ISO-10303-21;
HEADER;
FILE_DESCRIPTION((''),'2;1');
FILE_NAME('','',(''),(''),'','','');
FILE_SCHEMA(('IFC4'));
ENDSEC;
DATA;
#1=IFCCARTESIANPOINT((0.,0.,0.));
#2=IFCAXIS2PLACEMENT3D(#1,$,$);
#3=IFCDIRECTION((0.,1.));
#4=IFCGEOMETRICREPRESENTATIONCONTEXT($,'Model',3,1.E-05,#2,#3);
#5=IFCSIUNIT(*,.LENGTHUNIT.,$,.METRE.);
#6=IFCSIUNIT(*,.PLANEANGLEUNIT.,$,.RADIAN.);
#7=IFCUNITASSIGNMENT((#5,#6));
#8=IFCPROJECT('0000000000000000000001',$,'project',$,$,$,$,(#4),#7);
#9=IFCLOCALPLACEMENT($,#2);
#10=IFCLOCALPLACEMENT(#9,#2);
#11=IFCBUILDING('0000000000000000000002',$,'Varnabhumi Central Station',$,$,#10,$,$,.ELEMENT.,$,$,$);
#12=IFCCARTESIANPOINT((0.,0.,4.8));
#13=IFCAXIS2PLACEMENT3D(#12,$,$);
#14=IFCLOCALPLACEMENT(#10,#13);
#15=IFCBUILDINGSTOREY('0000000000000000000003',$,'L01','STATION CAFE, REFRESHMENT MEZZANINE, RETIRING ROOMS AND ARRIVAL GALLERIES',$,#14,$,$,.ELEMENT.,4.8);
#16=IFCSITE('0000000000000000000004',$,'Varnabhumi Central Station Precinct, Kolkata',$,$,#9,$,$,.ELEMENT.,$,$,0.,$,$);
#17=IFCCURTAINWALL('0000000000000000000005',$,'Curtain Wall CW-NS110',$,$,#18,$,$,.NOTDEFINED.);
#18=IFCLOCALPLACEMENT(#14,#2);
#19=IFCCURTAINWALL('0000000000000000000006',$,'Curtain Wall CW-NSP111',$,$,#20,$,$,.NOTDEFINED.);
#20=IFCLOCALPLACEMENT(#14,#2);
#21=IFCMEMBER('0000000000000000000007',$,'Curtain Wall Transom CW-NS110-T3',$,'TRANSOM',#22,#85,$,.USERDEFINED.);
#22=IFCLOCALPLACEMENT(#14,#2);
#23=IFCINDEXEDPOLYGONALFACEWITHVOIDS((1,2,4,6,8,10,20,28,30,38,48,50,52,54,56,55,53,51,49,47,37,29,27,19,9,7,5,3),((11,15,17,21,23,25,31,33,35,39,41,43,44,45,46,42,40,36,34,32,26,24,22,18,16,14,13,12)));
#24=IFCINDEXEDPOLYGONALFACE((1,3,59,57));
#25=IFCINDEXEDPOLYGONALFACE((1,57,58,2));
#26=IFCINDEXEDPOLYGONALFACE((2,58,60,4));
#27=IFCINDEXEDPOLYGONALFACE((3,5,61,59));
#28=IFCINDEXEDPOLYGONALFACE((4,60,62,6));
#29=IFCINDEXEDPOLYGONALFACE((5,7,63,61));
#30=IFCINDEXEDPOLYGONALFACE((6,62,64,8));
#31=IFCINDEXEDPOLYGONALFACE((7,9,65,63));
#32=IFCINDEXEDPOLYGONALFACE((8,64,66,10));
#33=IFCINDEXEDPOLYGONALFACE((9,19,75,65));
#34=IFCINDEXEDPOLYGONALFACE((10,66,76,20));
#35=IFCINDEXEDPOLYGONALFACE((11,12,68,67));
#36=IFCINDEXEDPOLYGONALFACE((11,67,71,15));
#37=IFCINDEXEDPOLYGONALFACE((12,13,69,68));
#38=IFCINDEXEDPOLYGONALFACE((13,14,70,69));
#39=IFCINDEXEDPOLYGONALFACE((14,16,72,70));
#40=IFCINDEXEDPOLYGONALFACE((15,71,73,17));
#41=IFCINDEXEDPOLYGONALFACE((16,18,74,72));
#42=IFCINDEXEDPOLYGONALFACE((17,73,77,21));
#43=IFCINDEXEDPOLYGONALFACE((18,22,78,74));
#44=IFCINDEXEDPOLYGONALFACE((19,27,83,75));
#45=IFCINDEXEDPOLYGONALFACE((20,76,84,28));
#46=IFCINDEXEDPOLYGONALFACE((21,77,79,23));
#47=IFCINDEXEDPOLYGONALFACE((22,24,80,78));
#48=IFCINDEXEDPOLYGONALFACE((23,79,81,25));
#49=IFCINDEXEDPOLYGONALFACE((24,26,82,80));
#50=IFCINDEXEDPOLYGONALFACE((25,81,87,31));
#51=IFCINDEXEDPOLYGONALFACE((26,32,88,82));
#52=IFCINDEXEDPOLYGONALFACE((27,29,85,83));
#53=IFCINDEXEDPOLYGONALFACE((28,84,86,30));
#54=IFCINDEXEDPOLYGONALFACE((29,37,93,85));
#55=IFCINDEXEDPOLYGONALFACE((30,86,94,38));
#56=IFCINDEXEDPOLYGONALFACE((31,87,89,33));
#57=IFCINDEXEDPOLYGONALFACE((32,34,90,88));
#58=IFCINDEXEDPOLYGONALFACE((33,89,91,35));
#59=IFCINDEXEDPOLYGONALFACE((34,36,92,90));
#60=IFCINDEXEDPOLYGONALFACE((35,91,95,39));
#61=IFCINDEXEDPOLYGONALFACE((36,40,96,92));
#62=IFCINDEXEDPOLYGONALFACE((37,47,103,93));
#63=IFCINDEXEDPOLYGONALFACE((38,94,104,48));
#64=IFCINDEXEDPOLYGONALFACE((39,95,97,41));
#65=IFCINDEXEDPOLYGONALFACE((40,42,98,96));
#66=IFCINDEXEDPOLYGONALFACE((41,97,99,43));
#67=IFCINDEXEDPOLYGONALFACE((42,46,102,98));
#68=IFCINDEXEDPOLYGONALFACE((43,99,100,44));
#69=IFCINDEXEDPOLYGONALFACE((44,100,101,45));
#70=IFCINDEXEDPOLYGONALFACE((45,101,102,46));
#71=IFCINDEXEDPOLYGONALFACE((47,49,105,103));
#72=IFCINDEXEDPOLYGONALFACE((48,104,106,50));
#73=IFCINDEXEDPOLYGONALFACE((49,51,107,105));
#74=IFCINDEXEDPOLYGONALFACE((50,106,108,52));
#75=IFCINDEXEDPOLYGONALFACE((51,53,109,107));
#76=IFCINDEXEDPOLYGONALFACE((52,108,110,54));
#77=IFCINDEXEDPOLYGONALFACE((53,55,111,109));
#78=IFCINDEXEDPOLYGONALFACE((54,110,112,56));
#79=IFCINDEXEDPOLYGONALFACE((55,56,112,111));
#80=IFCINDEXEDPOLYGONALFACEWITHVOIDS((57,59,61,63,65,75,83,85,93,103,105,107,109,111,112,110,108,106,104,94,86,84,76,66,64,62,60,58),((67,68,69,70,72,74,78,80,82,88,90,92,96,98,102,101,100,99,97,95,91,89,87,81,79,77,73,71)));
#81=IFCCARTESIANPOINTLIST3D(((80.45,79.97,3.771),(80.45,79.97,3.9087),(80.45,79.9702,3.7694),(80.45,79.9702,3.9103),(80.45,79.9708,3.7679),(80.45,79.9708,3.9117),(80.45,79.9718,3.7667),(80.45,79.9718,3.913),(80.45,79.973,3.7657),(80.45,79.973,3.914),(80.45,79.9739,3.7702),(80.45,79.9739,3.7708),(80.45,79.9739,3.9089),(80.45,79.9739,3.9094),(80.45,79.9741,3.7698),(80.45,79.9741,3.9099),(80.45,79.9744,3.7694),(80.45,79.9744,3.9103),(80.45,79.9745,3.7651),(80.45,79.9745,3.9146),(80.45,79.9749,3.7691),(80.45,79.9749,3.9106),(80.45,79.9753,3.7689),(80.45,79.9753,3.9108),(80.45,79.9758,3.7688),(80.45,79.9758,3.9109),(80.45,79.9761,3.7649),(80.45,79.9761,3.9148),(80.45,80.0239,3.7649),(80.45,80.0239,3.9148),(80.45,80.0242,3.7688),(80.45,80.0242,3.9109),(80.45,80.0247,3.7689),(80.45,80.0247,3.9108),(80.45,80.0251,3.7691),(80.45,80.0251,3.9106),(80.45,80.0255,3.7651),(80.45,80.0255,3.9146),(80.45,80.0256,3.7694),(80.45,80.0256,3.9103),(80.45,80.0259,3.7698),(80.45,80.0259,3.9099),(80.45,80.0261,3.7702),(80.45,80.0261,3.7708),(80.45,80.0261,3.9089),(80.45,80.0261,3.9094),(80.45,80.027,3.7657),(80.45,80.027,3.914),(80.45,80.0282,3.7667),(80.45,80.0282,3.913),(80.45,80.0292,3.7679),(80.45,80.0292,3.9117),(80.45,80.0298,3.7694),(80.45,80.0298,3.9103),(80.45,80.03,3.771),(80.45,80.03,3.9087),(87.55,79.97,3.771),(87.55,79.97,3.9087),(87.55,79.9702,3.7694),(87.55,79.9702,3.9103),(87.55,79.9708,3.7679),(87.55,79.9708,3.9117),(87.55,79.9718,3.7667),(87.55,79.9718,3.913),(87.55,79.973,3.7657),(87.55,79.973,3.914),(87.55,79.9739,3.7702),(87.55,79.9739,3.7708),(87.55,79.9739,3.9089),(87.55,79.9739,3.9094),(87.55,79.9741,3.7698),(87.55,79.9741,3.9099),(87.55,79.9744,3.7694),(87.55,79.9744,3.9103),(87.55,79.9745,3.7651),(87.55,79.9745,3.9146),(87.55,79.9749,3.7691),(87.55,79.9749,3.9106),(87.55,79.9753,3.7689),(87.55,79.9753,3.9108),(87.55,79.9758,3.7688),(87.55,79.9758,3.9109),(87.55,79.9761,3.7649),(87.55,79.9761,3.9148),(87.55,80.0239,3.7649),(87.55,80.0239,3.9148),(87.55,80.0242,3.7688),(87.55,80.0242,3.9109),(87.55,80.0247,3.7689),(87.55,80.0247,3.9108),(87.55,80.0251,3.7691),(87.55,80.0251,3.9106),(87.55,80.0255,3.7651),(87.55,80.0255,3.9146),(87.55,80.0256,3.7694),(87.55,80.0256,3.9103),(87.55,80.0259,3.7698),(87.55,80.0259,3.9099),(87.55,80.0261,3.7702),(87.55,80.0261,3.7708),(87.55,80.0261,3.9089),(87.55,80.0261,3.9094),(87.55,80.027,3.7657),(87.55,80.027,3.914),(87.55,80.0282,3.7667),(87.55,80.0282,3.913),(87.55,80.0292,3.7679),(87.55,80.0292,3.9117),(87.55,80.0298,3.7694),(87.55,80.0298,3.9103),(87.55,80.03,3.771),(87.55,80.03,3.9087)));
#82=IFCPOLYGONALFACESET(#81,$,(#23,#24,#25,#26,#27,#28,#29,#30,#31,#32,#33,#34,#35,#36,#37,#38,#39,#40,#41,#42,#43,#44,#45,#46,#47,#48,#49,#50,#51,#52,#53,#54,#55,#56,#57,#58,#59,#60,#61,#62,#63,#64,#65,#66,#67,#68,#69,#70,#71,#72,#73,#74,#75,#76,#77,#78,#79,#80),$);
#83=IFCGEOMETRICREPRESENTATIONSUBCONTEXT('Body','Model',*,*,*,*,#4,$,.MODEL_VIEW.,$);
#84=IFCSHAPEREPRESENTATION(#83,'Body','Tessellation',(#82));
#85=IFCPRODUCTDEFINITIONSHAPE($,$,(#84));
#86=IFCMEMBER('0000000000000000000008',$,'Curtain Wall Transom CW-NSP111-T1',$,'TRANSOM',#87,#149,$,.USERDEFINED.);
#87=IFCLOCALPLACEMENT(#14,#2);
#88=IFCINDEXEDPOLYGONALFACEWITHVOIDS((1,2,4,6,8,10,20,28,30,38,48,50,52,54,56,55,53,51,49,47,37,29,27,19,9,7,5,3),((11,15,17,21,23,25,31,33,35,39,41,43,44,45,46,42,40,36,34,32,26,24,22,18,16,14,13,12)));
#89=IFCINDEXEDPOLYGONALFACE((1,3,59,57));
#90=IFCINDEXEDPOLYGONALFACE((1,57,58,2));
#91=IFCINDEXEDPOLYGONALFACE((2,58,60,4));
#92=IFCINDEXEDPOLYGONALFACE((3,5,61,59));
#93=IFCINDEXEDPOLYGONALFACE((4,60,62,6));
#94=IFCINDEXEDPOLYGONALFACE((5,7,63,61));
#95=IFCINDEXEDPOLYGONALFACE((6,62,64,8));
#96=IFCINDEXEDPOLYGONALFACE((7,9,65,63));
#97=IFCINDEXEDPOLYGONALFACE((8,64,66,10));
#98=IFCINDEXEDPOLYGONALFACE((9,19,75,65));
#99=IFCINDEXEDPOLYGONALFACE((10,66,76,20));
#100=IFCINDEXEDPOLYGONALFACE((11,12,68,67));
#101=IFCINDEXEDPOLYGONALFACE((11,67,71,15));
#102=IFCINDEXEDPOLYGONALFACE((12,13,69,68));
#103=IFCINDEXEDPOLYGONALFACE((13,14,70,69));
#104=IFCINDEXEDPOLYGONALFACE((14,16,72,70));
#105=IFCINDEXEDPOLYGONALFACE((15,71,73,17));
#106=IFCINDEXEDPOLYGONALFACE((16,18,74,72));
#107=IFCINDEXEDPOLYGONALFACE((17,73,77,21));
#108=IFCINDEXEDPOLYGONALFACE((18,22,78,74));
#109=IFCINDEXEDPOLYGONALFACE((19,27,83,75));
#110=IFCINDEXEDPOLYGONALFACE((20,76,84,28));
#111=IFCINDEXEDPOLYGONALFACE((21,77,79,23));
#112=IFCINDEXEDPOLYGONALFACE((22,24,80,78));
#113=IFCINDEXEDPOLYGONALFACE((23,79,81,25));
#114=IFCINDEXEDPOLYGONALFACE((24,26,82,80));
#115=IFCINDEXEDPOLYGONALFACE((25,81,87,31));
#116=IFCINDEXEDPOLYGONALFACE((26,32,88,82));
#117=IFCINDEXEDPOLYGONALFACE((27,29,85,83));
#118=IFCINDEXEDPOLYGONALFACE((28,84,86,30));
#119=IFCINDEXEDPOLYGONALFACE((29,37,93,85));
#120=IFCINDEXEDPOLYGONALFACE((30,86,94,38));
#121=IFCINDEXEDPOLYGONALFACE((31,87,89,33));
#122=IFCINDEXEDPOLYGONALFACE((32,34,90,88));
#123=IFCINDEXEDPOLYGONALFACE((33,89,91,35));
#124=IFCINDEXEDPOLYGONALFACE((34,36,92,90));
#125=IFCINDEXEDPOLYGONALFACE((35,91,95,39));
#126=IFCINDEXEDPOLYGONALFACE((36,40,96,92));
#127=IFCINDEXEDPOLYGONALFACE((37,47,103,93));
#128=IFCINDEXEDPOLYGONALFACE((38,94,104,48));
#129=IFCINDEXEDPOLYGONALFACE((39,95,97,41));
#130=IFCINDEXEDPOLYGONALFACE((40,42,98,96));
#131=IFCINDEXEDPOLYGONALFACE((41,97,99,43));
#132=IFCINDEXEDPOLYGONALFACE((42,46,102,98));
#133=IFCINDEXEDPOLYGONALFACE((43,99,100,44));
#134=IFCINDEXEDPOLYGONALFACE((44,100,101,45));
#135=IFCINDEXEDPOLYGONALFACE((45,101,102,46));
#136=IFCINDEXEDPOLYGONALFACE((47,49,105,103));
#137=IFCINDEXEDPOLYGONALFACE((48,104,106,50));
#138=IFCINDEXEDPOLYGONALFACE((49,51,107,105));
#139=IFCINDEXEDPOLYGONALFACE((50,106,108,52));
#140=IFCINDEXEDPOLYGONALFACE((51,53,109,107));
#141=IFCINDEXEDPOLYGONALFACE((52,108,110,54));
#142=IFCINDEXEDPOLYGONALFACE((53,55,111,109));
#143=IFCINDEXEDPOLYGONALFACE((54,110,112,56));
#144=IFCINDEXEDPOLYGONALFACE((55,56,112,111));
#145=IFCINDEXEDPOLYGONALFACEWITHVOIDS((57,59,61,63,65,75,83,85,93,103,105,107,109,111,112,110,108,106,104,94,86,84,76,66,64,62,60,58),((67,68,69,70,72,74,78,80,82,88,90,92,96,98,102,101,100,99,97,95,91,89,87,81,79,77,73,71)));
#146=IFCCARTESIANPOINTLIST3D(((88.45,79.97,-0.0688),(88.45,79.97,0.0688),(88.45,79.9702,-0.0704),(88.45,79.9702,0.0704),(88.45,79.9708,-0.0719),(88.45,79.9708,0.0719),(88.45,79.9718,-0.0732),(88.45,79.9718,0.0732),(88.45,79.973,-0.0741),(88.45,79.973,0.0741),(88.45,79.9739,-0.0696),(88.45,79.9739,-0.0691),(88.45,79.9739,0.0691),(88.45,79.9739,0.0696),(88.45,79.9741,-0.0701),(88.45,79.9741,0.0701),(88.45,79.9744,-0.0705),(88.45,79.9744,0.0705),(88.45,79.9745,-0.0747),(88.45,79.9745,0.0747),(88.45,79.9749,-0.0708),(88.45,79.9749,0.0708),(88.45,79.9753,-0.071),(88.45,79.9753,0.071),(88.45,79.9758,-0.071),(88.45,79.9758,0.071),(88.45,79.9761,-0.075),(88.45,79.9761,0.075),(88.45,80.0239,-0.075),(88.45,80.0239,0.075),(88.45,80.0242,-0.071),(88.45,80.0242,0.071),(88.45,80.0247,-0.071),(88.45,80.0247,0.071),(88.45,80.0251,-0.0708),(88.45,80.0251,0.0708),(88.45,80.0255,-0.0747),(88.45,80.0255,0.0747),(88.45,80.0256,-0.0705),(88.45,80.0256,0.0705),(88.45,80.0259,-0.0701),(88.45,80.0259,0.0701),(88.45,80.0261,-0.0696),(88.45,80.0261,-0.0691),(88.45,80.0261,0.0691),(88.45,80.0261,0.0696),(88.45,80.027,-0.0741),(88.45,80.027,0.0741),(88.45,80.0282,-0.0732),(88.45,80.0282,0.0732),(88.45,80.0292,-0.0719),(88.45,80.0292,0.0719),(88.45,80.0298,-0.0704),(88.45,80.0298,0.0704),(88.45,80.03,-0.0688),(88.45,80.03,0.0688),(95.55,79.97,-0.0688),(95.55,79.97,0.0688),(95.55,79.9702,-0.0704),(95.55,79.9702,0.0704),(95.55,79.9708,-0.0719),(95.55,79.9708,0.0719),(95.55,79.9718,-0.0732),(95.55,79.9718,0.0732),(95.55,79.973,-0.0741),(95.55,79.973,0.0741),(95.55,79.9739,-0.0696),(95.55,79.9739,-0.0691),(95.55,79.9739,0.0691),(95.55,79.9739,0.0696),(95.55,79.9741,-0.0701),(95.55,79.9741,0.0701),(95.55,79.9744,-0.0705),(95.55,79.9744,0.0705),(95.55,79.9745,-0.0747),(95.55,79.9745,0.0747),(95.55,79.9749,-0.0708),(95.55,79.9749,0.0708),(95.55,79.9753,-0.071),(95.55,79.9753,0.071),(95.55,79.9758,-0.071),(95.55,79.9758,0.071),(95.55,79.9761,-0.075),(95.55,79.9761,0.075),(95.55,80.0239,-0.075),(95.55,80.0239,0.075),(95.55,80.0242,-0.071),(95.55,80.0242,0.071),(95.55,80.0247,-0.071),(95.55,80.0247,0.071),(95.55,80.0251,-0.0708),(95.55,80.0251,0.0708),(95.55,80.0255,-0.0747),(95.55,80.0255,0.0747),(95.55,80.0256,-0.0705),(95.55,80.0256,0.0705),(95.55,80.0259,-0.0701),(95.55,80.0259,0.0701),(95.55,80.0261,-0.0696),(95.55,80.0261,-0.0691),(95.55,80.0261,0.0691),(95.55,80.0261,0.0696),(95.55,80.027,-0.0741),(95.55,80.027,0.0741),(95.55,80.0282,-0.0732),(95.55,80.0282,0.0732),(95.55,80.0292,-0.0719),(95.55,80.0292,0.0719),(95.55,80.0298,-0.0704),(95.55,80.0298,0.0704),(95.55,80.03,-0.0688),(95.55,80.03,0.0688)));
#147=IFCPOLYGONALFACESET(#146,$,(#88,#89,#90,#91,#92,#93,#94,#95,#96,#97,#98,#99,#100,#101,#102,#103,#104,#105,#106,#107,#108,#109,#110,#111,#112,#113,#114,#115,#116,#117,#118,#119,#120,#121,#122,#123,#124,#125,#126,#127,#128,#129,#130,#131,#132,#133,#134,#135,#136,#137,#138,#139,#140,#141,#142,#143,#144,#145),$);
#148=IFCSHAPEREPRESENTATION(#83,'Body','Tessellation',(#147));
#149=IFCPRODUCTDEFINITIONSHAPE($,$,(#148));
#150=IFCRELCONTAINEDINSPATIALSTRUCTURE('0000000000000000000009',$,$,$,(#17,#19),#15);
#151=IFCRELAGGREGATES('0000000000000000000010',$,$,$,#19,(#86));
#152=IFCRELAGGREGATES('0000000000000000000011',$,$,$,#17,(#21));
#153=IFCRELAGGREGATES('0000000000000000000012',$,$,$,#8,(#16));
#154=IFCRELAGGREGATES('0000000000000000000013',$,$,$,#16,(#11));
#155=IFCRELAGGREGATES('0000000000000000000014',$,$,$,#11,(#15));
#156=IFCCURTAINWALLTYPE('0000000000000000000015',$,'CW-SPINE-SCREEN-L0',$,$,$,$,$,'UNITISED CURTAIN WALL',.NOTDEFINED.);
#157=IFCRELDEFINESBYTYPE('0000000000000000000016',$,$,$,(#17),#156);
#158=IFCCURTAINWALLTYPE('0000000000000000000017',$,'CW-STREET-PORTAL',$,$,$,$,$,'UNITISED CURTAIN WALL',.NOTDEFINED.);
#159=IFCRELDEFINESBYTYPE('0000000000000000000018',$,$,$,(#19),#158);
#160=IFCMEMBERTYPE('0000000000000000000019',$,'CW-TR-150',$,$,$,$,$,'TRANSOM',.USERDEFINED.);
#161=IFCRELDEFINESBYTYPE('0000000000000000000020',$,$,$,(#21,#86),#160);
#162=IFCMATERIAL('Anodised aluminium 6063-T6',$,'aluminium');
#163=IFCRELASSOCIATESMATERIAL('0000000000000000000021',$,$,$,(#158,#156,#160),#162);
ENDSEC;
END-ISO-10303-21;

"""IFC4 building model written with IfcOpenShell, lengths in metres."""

from ifc_helpers import new_model, si_unit, direction, frame, origin, origin_2d, place, context, subcontext, project, spatial, hollow_rectangle, extrude, material, material_profile, profile_set, type_object, element, aggregate, save


model = new_model("IFC4")

# Units and contexts
model_context = context("Model", 3, precision=1e-05, world=origin(), true_north=direction((0.0, 1.0)))
body_context = subcontext(model_context, "Body", "Model", "MODEL_VIEW")
ifc_project = project(units=[si_unit("LENGTHUNIT", "METRE"), si_unit("PLANEANGLEUNIT", "RADIAN")], contexts=[model_context])

# Site, building, storey
site_placement = place(None, origin())
site = spatial("IfcSite", under=ifc_project, at=site_placement, Name="Varnabhumi Central Station Precinct, Kolkata", CompositionType="ELEMENT", RefElevation=0.0)
building_placement = place(site_placement, origin())
building = spatial("IfcBuilding", under=site, at=building_placement, Name="Varnabhumi Central Station", CompositionType="ELEMENT")
storey_placement = place(building_placement, frame((0.0, 0.0, 4.8)))
storey = spatial("IfcBuildingStorey", under=building, at=storey_placement, Name="L01", Description="STATION CAFE, REFRESHMENT MEZZANINE, RETIRING ROOMS AND ARRIVAL GALLERIES", CompositionType="ELEMENT", Elevation=4.8)

# Curtain wall
ifc_material_1 = material(Name="Anodised aluminium 6063-T6", Category="aluminium")
curtain_wall_type_1 = type_object("IfcCurtainWallType", Name="CW-STREET-PORTAL", ElementType="UNITISED CURTAIN WALL", PredefinedType="NOTDEFINED", material=ifc_material_1)
curtain_wall_type_2 = type_object("IfcCurtainWallType", Name="CW-SPINE-SCREEN-L0", ElementType="UNITISED CURTAIN WALL", PredefinedType="NOTDEFINED", material=ifc_material_1)
curtain_wall_1_placement = place(storey_placement, origin())
curtain_wall_1 = element("IfcCurtainWall", 1, at=curtain_wall_1_placement, inside=storey, type_object=curtain_wall_type_2, Name="Curtain Wall CW-NS110", PredefinedType="NOTDEFINED")

# Curtain wall
curtain_wall_2_placement = place(storey_placement, origin())
curtain_wall_2 = element("IfcCurtainWall", 2, at=curtain_wall_2_placement, inside=storey, type_object=curtain_wall_type_1, Name="Curtain Wall CW-NSP111", PredefinedType="NOTDEFINED")

# Members
ifc_material_profile_1 = material_profile(ifc_material_1, hollow_rectangle(XDim=0.0601, YDim=0.1499, WallThickness=0.0039, InnerFilletRadius=0.002, OuterFilletRadius=0.0061, at=origin_2d()), Name="Anodised aluminium 6063-T6", Category="aluminium")
ifc_profile_set_1 = profile_set([ifc_material_profile_1], Name="Anodised aluminium 6063-T6")
member_type_1 = type_object("IfcMemberType", Name="CW-TR-150", ElementType="TRANSOM", PredefinedType="USERDEFINED", material=ifc_profile_set_1)
member_1_placement = place(storey_placement, frame((80.45, 80.0, 3.8398), z_axis=(1.0, 0.0, 0.0), x_axis=(0.0, 1.0, 0.0)))
member_1 = element("IfcMember", 3, at=member_1_placement, type_object=member_type_1, Name="Curtain Wall Transom CW-NS110-T3", ObjectType="TRANSOM", PredefinedType="USERDEFINED", context=body_context, shape_type="SweptSolid", body=[
    extrude(hollow_rectangle(XDim=0.0601, YDim=0.1499, WallThickness=0.0039, InnerFilletRadius=0.002, OuterFilletRadius=0.0061, at=origin_2d()), origin(), (0.0, 0.0, 1.0), 7.1001),
])
member_2_placement = place(storey_placement, frame((88.45, 80.0, 0.0), z_axis=(1.0, 0.0, 0.0), x_axis=(0.0, 1.0, 0.0)))
member_2 = element("IfcMember", 4, at=member_2_placement, type_object=member_type_1, Name="Curtain Wall Transom CW-NSP111-T1", ObjectType="TRANSOM", PredefinedType="USERDEFINED", context=body_context, shape_type="SweptSolid", body=[
    extrude(hollow_rectangle(XDim=0.0601, YDim=0.1499, WallThickness=0.0039, InnerFilletRadius=0.002, OuterFilletRadius=0.0061, at=origin_2d()), origin(), (0.0, 0.0, 1.0), 7.1001),
])
aggregate(curtain_wall_2, [member_2])

aggregate(curtain_wall_1, [member_1])

save(model, "model.ifc")
